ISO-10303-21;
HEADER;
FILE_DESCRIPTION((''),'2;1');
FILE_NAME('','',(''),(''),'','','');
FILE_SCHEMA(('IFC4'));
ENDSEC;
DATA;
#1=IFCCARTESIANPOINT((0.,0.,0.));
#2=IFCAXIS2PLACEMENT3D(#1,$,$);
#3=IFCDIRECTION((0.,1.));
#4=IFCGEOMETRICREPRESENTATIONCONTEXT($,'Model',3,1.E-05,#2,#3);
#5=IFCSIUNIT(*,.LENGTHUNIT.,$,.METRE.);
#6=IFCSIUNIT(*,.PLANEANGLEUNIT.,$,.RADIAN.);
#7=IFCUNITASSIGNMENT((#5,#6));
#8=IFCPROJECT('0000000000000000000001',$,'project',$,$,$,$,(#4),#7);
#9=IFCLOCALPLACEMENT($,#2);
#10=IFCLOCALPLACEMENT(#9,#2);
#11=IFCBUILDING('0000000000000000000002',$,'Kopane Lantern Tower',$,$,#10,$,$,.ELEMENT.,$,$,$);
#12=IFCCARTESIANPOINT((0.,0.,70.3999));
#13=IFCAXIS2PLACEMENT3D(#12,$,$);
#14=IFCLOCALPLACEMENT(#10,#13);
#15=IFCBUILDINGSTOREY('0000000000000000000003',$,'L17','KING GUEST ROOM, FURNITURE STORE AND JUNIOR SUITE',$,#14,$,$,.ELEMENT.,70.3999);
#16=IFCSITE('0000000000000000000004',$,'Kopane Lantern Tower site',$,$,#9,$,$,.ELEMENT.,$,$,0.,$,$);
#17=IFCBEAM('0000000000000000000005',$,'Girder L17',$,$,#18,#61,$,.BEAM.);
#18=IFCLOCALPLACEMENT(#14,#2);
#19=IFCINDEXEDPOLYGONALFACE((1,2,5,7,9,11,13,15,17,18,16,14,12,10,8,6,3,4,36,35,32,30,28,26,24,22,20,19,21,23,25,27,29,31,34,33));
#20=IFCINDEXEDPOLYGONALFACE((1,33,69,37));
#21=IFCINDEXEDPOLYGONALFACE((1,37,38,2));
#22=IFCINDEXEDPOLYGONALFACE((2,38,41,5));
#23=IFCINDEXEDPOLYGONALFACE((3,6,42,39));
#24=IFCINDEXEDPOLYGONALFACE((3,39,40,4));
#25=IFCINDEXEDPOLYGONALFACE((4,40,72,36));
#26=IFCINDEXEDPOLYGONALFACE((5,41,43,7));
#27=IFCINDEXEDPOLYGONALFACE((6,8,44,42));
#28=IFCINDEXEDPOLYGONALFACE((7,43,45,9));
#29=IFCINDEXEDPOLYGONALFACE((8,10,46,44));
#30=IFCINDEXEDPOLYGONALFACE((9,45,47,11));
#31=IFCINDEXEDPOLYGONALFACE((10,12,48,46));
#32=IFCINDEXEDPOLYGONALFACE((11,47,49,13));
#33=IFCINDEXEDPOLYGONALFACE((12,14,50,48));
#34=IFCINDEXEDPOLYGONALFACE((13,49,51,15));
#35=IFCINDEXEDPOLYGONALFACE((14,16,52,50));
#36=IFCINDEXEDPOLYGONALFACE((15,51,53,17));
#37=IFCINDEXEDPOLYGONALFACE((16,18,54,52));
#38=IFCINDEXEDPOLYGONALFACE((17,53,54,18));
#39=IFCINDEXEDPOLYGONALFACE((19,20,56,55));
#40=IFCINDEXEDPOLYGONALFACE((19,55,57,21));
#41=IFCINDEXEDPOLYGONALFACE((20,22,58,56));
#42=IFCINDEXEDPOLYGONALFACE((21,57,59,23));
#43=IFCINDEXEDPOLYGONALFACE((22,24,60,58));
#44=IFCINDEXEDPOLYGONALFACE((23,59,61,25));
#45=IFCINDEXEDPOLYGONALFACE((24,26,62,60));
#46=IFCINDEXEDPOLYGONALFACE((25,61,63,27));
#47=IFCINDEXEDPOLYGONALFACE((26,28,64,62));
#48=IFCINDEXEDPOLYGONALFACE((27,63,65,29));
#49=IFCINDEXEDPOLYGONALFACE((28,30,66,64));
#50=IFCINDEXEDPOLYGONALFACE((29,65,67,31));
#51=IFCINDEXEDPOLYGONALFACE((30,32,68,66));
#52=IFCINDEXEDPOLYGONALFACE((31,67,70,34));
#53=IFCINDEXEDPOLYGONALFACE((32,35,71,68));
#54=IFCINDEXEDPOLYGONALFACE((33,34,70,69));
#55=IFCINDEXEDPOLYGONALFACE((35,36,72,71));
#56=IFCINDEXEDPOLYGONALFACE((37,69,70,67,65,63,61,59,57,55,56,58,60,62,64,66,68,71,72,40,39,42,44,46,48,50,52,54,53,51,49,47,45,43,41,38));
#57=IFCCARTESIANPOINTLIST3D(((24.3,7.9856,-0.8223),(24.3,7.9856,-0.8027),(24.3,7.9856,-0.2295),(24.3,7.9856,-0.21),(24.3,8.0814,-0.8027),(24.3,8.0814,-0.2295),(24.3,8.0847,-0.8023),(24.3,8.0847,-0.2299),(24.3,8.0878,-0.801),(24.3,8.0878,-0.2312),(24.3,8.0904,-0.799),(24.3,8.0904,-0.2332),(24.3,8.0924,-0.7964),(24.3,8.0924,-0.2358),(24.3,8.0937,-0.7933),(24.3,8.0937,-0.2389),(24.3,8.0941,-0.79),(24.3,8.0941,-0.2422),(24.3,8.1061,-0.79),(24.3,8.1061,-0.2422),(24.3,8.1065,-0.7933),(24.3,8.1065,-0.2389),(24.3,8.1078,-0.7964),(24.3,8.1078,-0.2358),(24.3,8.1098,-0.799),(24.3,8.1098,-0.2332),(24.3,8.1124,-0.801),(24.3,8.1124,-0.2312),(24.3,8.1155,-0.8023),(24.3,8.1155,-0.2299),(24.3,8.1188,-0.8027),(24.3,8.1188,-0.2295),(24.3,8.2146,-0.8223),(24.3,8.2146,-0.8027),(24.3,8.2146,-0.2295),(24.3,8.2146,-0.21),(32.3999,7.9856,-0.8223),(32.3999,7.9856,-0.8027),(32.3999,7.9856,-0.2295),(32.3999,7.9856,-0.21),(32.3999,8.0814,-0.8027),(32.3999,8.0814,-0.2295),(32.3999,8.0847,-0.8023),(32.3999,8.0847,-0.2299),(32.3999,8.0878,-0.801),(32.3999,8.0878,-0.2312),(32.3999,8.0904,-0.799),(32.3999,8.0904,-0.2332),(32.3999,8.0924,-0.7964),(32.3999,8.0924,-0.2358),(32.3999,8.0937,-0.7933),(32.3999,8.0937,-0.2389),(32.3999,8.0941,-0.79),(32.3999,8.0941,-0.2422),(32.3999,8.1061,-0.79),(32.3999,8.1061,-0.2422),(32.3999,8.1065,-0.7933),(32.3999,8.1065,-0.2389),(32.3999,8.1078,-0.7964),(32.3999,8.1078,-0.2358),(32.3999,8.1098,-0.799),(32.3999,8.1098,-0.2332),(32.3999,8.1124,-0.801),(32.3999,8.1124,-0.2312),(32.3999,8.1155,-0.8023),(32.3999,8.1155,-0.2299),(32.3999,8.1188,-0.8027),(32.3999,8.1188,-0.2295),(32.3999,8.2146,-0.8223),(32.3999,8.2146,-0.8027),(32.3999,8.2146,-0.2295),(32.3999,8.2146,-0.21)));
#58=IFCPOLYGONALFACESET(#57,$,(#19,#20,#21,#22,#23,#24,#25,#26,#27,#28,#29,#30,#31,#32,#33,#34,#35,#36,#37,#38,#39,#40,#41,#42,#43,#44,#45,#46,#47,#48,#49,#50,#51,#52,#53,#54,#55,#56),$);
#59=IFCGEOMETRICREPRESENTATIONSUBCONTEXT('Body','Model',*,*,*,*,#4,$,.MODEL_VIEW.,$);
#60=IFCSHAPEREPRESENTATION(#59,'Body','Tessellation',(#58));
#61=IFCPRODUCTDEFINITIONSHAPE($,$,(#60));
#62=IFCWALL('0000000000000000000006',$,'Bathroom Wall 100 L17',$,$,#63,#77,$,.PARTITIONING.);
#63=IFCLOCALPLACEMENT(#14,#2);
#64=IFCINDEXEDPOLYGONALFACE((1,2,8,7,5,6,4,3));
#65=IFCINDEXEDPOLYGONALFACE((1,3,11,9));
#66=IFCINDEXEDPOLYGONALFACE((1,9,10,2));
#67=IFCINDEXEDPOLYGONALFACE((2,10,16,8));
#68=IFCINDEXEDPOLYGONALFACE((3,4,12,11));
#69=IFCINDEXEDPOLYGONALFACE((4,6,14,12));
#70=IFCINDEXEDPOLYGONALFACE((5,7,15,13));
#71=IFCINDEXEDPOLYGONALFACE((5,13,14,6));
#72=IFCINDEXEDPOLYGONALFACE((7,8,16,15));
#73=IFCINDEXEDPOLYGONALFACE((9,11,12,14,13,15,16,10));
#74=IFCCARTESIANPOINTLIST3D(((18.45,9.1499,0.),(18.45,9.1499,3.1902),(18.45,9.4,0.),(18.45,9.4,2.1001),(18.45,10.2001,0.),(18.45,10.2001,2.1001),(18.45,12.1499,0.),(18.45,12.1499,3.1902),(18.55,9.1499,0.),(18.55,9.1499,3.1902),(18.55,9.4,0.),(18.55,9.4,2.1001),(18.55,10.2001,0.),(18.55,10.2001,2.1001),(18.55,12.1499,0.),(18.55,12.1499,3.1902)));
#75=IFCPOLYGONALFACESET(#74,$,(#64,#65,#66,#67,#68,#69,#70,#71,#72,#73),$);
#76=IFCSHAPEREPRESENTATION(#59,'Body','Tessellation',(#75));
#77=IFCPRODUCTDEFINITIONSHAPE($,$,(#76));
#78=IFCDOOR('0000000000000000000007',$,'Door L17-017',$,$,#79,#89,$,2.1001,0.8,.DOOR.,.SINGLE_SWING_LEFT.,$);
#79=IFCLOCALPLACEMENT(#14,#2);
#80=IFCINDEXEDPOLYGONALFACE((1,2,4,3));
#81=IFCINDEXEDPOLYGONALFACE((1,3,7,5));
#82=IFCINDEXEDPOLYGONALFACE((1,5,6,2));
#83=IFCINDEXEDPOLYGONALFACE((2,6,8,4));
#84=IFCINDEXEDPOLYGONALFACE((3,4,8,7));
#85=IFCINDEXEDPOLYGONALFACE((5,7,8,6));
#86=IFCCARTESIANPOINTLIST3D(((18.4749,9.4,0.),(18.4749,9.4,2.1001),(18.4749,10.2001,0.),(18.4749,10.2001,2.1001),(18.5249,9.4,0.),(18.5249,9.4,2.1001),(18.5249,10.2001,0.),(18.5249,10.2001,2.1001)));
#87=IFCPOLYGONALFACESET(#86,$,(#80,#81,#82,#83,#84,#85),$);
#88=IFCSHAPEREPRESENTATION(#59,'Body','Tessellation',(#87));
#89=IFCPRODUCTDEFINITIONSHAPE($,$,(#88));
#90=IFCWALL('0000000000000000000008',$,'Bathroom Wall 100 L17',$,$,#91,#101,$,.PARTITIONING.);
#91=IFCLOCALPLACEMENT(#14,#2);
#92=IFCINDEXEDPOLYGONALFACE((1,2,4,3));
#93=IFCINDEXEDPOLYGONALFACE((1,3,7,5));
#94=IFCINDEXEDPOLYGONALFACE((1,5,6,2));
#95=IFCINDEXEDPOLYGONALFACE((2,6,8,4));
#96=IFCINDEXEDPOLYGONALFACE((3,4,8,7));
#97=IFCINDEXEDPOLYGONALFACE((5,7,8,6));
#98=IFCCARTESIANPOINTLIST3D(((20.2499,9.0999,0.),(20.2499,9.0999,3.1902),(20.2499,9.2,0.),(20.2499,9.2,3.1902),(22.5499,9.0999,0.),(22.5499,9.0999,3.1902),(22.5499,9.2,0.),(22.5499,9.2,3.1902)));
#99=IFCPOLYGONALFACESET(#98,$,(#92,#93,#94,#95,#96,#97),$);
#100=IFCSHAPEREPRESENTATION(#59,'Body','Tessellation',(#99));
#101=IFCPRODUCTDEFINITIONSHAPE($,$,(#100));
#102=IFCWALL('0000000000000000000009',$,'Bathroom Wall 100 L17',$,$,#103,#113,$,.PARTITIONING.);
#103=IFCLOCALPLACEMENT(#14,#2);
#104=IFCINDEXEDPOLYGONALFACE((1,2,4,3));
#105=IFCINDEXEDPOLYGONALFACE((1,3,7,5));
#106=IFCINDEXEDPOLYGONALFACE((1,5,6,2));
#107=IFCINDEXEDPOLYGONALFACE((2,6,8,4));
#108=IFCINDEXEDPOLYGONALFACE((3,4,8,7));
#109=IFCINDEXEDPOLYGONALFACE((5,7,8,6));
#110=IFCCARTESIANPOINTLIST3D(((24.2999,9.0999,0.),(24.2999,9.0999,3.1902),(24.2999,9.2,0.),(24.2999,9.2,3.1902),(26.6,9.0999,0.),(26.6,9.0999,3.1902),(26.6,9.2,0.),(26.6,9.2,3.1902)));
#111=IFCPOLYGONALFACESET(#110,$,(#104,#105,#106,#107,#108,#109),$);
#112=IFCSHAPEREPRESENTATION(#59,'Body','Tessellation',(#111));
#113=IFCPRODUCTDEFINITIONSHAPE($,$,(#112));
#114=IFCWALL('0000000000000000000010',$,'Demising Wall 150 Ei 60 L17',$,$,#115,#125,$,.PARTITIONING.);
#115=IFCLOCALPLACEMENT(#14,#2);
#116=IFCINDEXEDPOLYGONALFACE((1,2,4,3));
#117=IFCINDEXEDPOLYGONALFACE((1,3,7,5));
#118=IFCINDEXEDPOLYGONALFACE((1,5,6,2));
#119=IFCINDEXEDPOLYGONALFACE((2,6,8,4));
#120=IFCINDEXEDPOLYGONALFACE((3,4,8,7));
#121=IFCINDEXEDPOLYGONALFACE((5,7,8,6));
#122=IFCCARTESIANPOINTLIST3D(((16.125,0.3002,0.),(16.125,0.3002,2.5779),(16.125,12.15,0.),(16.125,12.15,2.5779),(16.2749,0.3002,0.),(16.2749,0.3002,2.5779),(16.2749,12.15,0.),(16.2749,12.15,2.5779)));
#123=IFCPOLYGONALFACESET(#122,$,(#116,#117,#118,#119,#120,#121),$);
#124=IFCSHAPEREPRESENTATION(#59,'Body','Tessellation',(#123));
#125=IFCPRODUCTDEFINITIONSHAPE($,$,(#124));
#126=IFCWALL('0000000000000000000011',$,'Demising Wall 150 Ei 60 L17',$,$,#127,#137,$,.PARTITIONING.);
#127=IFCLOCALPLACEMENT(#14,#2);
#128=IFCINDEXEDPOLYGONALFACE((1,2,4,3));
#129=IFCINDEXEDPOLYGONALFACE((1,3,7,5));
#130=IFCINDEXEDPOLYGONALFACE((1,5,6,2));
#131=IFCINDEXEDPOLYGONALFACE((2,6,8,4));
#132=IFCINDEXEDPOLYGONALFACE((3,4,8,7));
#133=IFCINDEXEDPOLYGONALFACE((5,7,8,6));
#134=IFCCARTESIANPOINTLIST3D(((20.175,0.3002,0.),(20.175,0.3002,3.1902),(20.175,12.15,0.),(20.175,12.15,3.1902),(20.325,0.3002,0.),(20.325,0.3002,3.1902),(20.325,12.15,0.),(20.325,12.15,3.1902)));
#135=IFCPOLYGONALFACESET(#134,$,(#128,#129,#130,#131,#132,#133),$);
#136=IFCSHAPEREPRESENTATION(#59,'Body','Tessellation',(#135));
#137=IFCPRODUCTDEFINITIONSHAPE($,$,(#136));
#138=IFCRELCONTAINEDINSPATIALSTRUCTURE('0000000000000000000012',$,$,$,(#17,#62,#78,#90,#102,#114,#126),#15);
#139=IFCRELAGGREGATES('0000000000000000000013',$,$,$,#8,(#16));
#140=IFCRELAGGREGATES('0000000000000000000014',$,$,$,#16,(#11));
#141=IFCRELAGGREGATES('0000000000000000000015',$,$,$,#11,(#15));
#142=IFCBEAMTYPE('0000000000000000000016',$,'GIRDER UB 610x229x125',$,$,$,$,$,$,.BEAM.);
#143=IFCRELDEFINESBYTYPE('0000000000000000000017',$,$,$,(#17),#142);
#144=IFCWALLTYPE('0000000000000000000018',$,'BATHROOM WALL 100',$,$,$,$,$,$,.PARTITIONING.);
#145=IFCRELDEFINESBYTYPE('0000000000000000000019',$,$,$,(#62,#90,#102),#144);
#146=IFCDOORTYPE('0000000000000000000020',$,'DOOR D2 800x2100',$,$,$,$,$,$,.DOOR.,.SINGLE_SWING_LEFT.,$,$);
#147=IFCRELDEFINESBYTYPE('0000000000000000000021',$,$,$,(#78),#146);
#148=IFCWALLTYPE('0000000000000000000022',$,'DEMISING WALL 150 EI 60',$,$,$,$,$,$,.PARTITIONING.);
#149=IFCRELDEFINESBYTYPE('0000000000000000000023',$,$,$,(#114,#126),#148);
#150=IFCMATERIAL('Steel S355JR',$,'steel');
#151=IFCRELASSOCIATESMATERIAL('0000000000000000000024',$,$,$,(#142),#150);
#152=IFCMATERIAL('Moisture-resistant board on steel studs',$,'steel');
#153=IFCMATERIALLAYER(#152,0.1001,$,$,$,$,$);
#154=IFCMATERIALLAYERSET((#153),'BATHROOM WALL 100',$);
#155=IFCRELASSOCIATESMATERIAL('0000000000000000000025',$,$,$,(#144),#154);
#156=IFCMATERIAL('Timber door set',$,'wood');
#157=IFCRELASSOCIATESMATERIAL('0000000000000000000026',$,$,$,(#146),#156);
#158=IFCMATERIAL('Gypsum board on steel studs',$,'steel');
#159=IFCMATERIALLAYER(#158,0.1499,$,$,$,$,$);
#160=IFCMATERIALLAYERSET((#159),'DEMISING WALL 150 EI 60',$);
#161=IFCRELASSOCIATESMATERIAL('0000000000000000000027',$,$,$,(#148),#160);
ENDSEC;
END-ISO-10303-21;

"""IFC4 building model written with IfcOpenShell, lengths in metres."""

from ifc_helpers import new_model, si_unit, direction, frame, frame_2d, origin, origin_2d, place, context, subcontext, project, spatial, rectangle, i_section, extrude, material, layer, layer_set, material_profile, profile_set, type_object, element, fill, save


model = new_model("IFC4")

# Units and contexts
model_context = context("Model", 3, precision=1e-05, world=origin(), true_north=direction((0.0, 1.0)))
body_context = subcontext(model_context, "Body", "Model", "MODEL_VIEW")
ifc_project = project(units=[si_unit("LENGTHUNIT", "METRE"), si_unit("PLANEANGLEUNIT", "RADIAN")], contexts=[model_context])

# Site, building, storey
site_placement = place(None, origin())
site = spatial("IfcSite", under=ifc_project, at=site_placement, Name="Kopane Lantern Tower site", CompositionType="ELEMENT", RefElevation=0.0)
building_placement = place(site_placement, origin())
building = spatial("IfcBuilding", under=site, at=building_placement, Name="Kopane Lantern Tower", CompositionType="ELEMENT")
storey_placement = place(building_placement, frame((0.0, 0.0, 70.3999)))
storey = spatial("IfcBuildingStorey", under=building, at=storey_placement, Name="L17", Description="KING GUEST ROOM, FURNITURE STORE AND JUNIOR SUITE", CompositionType="ELEMENT", Elevation=70.3999)

# Beam
ifc_material_1 = material(Name="Steel S355JR", Category="steel")
ifc_material_profile_1 = material_profile(ifc_material_1, i_section(OverallWidth=0.229, OverallDepth=0.6123, WebThickness=0.012, FlangeThickness=0.0195, FilletRadius=0.0127, at=origin_2d()), Name="UB 610x229x125")
ifc_profile_set_1 = profile_set([ifc_material_profile_1], Name="Steel S355JR")
beam_type = type_object("IfcBeamType", Name="GIRDER UB 610x229x125", PredefinedType="BEAM", material=ifc_profile_set_1)
for number, where, z_axis, x_axis, name in (
    (1, (24.3, 8.1001, -0.5161), (1.0, 0.0, 0.0), (0.0, 1.0, 0.0), "Girder L17"),
):
    element("IfcBeam", number, at=place(storey_placement, frame(where, z_axis=z_axis, x_axis=x_axis)), inside=storey, type_object=beam_type, Name=name, PredefinedType="BEAM", context=body_context, shape_type="SweptSolid", body=[
        extrude(i_section(OverallWidth=0.229, OverallDepth=0.6123, WebThickness=0.012, FlangeThickness=0.0195, FilletRadius=0.0127, at=origin_2d()), origin(), (0.0, 0.0, 1.0), 8.0999),
    ])

# Wall, opening, door
ifc_material_2 = material(Name="Moisture-resistant board on steel studs", Category="steel")
ifc_layer_1 = layer(ifc_material_2, 0.1001)
ifc_layer_set_1 = layer_set([ifc_layer_1], Name="BATHROOM WALL 100")
wall_type_1 = type_object("IfcWallType", Name="BATHROOM WALL 100", PredefinedType="PARTITIONING", material=ifc_layer_set_1)
wall_1_placement = place(storey_placement, frame((18.5, 12.1499, 0.0), z_axis=(0.0, 0.0, 1.0), x_axis=(0.0, -1.0, 0.0)))
wall_1 = element("IfcWall", 2, at=wall_1_placement, inside=storey, type_object=wall_type_1, Name="Bathroom Wall 100 L17", PredefinedType="PARTITIONING", context=body_context, shape_type="SweptSolid", body=[
    extrude(rectangle(XDim=3.0, YDim=0.1001, at=frame_2d((1.5, 0.0))), origin(), (0.0, 0.0, 1.0), 3.1902),
])
opening_placement = place(wall_1_placement, frame((1.95, 0.0, 0.0)))
opening = element("IfcOpeningElement", 3, at=opening_placement, cuts=wall_1, PredefinedType="OPENING", context=body_context, shape_type="SweptSolid", body=[
    extrude(rectangle(XDim=0.8, YDim=2.1001, at=frame_2d((0.3999, 1.05))), frame((0.0, 0.0601, 0.0), z_axis=(0.0, -1.0, 0.0), x_axis=(1.0, 0.0, 0.0)), (0.0, 0.0, 1.0), 0.1201),
])
ifc_material_3 = material(Name="Timber door set", Category="wood")
door_type = type_object("IfcDoorType", Name="DOOR D2 800x2100", OperationType="SINGLE_SWING_LEFT", PredefinedType="DOOR", material=ifc_material_3)
door_placement = place(opening_placement, origin())
door = element("IfcDoor", 4, at=door_placement, inside=storey, type_object=door_type, Name="Door L17-017", OperationType="SINGLE_SWING_LEFT", OverallHeight=2.1001, OverallWidth=0.8, PredefinedType="DOOR", context=body_context, shape_type="SweptSolid", body=[
    extrude(rectangle(XDim=0.8, YDim=2.1001, at=frame_2d((0.3999, 1.05))), frame((0.0, 0.0249, 0.0), z_axis=(0.0, -1.0, 0.0), x_axis=(1.0, 0.0, 0.0)), (0.0, 0.0, 1.0), 0.05),
])
fill(opening, door)

# Walls
for number, where, z_axis, x_axis, name in (
    (5, (20.25, 9.1499, 0.0), (0.0, 0.0, 1.0), (1.0, 0.0, 0.0), "Bathroom Wall 100 L17"),
    (6, (24.3, 9.1499, 0.0), (0.0, 0.0, 1.0), (1.0, 0.0, 0.0), "Bathroom Wall 100 L17"),
):
    element("IfcWall", number, at=place(storey_placement, frame(where, z_axis=z_axis, x_axis=x_axis)), inside=storey, type_object=wall_type_1, Name=name, PredefinedType="PARTITIONING", context=body_context, shape_type="SweptSolid", body=[
        extrude(rectangle(XDim=2.3, YDim=0.1001, at=frame_2d((1.1499, 0.0))), origin(), (0.0, 0.0, 1.0), 3.1902),
    ])
ifc_material_4 = material(Name="Gypsum board on steel studs", Category="steel")
ifc_layer_2 = layer(ifc_material_4, 0.1499)
ifc_layer_set_2 = layer_set([ifc_layer_2], Name="DEMISING WALL 150 EI 60")
wall_type_2 = type_object("IfcWallType", Name="DEMISING WALL 150 EI 60", PredefinedType="PARTITIONING", material=ifc_layer_set_2)
wall_2_placement = place(storey_placement, frame((16.2, 12.1499, 0.0), z_axis=(0.0, 0.0, 1.0), x_axis=(0.0, -1.0, 0.0)))
element("IfcWall", 7, at=wall_2_placement, inside=storey, type_object=wall_type_2, Name="Demising Wall 150 Ei 60 L17", PredefinedType="PARTITIONING", context=body_context, shape_type="SweptSolid", body=[
    extrude(rectangle(XDim=11.8499, YDim=0.1499, at=frame_2d((5.9248, 0.0))), origin(), (0.0, 0.0, 1.0), 2.5779),
])
wall_3_placement = place(storey_placement, frame((20.25, 12.1499, 0.0), z_axis=(0.0, 0.0, 1.0), x_axis=(0.0, -1.0, 0.0)))
element("IfcWall", 8, at=wall_3_placement, inside=storey, type_object=wall_type_2, Name="Demising Wall 150 Ei 60 L17", PredefinedType="PARTITIONING", context=body_context, shape_type="SweptSolid", body=[
    extrude(rectangle(XDim=11.8499, YDim=0.1499, at=frame_2d((5.9248, 0.0))), origin(), (0.0, 0.0, 1.0), 3.1902),
])

save(model, "model.ifc")
